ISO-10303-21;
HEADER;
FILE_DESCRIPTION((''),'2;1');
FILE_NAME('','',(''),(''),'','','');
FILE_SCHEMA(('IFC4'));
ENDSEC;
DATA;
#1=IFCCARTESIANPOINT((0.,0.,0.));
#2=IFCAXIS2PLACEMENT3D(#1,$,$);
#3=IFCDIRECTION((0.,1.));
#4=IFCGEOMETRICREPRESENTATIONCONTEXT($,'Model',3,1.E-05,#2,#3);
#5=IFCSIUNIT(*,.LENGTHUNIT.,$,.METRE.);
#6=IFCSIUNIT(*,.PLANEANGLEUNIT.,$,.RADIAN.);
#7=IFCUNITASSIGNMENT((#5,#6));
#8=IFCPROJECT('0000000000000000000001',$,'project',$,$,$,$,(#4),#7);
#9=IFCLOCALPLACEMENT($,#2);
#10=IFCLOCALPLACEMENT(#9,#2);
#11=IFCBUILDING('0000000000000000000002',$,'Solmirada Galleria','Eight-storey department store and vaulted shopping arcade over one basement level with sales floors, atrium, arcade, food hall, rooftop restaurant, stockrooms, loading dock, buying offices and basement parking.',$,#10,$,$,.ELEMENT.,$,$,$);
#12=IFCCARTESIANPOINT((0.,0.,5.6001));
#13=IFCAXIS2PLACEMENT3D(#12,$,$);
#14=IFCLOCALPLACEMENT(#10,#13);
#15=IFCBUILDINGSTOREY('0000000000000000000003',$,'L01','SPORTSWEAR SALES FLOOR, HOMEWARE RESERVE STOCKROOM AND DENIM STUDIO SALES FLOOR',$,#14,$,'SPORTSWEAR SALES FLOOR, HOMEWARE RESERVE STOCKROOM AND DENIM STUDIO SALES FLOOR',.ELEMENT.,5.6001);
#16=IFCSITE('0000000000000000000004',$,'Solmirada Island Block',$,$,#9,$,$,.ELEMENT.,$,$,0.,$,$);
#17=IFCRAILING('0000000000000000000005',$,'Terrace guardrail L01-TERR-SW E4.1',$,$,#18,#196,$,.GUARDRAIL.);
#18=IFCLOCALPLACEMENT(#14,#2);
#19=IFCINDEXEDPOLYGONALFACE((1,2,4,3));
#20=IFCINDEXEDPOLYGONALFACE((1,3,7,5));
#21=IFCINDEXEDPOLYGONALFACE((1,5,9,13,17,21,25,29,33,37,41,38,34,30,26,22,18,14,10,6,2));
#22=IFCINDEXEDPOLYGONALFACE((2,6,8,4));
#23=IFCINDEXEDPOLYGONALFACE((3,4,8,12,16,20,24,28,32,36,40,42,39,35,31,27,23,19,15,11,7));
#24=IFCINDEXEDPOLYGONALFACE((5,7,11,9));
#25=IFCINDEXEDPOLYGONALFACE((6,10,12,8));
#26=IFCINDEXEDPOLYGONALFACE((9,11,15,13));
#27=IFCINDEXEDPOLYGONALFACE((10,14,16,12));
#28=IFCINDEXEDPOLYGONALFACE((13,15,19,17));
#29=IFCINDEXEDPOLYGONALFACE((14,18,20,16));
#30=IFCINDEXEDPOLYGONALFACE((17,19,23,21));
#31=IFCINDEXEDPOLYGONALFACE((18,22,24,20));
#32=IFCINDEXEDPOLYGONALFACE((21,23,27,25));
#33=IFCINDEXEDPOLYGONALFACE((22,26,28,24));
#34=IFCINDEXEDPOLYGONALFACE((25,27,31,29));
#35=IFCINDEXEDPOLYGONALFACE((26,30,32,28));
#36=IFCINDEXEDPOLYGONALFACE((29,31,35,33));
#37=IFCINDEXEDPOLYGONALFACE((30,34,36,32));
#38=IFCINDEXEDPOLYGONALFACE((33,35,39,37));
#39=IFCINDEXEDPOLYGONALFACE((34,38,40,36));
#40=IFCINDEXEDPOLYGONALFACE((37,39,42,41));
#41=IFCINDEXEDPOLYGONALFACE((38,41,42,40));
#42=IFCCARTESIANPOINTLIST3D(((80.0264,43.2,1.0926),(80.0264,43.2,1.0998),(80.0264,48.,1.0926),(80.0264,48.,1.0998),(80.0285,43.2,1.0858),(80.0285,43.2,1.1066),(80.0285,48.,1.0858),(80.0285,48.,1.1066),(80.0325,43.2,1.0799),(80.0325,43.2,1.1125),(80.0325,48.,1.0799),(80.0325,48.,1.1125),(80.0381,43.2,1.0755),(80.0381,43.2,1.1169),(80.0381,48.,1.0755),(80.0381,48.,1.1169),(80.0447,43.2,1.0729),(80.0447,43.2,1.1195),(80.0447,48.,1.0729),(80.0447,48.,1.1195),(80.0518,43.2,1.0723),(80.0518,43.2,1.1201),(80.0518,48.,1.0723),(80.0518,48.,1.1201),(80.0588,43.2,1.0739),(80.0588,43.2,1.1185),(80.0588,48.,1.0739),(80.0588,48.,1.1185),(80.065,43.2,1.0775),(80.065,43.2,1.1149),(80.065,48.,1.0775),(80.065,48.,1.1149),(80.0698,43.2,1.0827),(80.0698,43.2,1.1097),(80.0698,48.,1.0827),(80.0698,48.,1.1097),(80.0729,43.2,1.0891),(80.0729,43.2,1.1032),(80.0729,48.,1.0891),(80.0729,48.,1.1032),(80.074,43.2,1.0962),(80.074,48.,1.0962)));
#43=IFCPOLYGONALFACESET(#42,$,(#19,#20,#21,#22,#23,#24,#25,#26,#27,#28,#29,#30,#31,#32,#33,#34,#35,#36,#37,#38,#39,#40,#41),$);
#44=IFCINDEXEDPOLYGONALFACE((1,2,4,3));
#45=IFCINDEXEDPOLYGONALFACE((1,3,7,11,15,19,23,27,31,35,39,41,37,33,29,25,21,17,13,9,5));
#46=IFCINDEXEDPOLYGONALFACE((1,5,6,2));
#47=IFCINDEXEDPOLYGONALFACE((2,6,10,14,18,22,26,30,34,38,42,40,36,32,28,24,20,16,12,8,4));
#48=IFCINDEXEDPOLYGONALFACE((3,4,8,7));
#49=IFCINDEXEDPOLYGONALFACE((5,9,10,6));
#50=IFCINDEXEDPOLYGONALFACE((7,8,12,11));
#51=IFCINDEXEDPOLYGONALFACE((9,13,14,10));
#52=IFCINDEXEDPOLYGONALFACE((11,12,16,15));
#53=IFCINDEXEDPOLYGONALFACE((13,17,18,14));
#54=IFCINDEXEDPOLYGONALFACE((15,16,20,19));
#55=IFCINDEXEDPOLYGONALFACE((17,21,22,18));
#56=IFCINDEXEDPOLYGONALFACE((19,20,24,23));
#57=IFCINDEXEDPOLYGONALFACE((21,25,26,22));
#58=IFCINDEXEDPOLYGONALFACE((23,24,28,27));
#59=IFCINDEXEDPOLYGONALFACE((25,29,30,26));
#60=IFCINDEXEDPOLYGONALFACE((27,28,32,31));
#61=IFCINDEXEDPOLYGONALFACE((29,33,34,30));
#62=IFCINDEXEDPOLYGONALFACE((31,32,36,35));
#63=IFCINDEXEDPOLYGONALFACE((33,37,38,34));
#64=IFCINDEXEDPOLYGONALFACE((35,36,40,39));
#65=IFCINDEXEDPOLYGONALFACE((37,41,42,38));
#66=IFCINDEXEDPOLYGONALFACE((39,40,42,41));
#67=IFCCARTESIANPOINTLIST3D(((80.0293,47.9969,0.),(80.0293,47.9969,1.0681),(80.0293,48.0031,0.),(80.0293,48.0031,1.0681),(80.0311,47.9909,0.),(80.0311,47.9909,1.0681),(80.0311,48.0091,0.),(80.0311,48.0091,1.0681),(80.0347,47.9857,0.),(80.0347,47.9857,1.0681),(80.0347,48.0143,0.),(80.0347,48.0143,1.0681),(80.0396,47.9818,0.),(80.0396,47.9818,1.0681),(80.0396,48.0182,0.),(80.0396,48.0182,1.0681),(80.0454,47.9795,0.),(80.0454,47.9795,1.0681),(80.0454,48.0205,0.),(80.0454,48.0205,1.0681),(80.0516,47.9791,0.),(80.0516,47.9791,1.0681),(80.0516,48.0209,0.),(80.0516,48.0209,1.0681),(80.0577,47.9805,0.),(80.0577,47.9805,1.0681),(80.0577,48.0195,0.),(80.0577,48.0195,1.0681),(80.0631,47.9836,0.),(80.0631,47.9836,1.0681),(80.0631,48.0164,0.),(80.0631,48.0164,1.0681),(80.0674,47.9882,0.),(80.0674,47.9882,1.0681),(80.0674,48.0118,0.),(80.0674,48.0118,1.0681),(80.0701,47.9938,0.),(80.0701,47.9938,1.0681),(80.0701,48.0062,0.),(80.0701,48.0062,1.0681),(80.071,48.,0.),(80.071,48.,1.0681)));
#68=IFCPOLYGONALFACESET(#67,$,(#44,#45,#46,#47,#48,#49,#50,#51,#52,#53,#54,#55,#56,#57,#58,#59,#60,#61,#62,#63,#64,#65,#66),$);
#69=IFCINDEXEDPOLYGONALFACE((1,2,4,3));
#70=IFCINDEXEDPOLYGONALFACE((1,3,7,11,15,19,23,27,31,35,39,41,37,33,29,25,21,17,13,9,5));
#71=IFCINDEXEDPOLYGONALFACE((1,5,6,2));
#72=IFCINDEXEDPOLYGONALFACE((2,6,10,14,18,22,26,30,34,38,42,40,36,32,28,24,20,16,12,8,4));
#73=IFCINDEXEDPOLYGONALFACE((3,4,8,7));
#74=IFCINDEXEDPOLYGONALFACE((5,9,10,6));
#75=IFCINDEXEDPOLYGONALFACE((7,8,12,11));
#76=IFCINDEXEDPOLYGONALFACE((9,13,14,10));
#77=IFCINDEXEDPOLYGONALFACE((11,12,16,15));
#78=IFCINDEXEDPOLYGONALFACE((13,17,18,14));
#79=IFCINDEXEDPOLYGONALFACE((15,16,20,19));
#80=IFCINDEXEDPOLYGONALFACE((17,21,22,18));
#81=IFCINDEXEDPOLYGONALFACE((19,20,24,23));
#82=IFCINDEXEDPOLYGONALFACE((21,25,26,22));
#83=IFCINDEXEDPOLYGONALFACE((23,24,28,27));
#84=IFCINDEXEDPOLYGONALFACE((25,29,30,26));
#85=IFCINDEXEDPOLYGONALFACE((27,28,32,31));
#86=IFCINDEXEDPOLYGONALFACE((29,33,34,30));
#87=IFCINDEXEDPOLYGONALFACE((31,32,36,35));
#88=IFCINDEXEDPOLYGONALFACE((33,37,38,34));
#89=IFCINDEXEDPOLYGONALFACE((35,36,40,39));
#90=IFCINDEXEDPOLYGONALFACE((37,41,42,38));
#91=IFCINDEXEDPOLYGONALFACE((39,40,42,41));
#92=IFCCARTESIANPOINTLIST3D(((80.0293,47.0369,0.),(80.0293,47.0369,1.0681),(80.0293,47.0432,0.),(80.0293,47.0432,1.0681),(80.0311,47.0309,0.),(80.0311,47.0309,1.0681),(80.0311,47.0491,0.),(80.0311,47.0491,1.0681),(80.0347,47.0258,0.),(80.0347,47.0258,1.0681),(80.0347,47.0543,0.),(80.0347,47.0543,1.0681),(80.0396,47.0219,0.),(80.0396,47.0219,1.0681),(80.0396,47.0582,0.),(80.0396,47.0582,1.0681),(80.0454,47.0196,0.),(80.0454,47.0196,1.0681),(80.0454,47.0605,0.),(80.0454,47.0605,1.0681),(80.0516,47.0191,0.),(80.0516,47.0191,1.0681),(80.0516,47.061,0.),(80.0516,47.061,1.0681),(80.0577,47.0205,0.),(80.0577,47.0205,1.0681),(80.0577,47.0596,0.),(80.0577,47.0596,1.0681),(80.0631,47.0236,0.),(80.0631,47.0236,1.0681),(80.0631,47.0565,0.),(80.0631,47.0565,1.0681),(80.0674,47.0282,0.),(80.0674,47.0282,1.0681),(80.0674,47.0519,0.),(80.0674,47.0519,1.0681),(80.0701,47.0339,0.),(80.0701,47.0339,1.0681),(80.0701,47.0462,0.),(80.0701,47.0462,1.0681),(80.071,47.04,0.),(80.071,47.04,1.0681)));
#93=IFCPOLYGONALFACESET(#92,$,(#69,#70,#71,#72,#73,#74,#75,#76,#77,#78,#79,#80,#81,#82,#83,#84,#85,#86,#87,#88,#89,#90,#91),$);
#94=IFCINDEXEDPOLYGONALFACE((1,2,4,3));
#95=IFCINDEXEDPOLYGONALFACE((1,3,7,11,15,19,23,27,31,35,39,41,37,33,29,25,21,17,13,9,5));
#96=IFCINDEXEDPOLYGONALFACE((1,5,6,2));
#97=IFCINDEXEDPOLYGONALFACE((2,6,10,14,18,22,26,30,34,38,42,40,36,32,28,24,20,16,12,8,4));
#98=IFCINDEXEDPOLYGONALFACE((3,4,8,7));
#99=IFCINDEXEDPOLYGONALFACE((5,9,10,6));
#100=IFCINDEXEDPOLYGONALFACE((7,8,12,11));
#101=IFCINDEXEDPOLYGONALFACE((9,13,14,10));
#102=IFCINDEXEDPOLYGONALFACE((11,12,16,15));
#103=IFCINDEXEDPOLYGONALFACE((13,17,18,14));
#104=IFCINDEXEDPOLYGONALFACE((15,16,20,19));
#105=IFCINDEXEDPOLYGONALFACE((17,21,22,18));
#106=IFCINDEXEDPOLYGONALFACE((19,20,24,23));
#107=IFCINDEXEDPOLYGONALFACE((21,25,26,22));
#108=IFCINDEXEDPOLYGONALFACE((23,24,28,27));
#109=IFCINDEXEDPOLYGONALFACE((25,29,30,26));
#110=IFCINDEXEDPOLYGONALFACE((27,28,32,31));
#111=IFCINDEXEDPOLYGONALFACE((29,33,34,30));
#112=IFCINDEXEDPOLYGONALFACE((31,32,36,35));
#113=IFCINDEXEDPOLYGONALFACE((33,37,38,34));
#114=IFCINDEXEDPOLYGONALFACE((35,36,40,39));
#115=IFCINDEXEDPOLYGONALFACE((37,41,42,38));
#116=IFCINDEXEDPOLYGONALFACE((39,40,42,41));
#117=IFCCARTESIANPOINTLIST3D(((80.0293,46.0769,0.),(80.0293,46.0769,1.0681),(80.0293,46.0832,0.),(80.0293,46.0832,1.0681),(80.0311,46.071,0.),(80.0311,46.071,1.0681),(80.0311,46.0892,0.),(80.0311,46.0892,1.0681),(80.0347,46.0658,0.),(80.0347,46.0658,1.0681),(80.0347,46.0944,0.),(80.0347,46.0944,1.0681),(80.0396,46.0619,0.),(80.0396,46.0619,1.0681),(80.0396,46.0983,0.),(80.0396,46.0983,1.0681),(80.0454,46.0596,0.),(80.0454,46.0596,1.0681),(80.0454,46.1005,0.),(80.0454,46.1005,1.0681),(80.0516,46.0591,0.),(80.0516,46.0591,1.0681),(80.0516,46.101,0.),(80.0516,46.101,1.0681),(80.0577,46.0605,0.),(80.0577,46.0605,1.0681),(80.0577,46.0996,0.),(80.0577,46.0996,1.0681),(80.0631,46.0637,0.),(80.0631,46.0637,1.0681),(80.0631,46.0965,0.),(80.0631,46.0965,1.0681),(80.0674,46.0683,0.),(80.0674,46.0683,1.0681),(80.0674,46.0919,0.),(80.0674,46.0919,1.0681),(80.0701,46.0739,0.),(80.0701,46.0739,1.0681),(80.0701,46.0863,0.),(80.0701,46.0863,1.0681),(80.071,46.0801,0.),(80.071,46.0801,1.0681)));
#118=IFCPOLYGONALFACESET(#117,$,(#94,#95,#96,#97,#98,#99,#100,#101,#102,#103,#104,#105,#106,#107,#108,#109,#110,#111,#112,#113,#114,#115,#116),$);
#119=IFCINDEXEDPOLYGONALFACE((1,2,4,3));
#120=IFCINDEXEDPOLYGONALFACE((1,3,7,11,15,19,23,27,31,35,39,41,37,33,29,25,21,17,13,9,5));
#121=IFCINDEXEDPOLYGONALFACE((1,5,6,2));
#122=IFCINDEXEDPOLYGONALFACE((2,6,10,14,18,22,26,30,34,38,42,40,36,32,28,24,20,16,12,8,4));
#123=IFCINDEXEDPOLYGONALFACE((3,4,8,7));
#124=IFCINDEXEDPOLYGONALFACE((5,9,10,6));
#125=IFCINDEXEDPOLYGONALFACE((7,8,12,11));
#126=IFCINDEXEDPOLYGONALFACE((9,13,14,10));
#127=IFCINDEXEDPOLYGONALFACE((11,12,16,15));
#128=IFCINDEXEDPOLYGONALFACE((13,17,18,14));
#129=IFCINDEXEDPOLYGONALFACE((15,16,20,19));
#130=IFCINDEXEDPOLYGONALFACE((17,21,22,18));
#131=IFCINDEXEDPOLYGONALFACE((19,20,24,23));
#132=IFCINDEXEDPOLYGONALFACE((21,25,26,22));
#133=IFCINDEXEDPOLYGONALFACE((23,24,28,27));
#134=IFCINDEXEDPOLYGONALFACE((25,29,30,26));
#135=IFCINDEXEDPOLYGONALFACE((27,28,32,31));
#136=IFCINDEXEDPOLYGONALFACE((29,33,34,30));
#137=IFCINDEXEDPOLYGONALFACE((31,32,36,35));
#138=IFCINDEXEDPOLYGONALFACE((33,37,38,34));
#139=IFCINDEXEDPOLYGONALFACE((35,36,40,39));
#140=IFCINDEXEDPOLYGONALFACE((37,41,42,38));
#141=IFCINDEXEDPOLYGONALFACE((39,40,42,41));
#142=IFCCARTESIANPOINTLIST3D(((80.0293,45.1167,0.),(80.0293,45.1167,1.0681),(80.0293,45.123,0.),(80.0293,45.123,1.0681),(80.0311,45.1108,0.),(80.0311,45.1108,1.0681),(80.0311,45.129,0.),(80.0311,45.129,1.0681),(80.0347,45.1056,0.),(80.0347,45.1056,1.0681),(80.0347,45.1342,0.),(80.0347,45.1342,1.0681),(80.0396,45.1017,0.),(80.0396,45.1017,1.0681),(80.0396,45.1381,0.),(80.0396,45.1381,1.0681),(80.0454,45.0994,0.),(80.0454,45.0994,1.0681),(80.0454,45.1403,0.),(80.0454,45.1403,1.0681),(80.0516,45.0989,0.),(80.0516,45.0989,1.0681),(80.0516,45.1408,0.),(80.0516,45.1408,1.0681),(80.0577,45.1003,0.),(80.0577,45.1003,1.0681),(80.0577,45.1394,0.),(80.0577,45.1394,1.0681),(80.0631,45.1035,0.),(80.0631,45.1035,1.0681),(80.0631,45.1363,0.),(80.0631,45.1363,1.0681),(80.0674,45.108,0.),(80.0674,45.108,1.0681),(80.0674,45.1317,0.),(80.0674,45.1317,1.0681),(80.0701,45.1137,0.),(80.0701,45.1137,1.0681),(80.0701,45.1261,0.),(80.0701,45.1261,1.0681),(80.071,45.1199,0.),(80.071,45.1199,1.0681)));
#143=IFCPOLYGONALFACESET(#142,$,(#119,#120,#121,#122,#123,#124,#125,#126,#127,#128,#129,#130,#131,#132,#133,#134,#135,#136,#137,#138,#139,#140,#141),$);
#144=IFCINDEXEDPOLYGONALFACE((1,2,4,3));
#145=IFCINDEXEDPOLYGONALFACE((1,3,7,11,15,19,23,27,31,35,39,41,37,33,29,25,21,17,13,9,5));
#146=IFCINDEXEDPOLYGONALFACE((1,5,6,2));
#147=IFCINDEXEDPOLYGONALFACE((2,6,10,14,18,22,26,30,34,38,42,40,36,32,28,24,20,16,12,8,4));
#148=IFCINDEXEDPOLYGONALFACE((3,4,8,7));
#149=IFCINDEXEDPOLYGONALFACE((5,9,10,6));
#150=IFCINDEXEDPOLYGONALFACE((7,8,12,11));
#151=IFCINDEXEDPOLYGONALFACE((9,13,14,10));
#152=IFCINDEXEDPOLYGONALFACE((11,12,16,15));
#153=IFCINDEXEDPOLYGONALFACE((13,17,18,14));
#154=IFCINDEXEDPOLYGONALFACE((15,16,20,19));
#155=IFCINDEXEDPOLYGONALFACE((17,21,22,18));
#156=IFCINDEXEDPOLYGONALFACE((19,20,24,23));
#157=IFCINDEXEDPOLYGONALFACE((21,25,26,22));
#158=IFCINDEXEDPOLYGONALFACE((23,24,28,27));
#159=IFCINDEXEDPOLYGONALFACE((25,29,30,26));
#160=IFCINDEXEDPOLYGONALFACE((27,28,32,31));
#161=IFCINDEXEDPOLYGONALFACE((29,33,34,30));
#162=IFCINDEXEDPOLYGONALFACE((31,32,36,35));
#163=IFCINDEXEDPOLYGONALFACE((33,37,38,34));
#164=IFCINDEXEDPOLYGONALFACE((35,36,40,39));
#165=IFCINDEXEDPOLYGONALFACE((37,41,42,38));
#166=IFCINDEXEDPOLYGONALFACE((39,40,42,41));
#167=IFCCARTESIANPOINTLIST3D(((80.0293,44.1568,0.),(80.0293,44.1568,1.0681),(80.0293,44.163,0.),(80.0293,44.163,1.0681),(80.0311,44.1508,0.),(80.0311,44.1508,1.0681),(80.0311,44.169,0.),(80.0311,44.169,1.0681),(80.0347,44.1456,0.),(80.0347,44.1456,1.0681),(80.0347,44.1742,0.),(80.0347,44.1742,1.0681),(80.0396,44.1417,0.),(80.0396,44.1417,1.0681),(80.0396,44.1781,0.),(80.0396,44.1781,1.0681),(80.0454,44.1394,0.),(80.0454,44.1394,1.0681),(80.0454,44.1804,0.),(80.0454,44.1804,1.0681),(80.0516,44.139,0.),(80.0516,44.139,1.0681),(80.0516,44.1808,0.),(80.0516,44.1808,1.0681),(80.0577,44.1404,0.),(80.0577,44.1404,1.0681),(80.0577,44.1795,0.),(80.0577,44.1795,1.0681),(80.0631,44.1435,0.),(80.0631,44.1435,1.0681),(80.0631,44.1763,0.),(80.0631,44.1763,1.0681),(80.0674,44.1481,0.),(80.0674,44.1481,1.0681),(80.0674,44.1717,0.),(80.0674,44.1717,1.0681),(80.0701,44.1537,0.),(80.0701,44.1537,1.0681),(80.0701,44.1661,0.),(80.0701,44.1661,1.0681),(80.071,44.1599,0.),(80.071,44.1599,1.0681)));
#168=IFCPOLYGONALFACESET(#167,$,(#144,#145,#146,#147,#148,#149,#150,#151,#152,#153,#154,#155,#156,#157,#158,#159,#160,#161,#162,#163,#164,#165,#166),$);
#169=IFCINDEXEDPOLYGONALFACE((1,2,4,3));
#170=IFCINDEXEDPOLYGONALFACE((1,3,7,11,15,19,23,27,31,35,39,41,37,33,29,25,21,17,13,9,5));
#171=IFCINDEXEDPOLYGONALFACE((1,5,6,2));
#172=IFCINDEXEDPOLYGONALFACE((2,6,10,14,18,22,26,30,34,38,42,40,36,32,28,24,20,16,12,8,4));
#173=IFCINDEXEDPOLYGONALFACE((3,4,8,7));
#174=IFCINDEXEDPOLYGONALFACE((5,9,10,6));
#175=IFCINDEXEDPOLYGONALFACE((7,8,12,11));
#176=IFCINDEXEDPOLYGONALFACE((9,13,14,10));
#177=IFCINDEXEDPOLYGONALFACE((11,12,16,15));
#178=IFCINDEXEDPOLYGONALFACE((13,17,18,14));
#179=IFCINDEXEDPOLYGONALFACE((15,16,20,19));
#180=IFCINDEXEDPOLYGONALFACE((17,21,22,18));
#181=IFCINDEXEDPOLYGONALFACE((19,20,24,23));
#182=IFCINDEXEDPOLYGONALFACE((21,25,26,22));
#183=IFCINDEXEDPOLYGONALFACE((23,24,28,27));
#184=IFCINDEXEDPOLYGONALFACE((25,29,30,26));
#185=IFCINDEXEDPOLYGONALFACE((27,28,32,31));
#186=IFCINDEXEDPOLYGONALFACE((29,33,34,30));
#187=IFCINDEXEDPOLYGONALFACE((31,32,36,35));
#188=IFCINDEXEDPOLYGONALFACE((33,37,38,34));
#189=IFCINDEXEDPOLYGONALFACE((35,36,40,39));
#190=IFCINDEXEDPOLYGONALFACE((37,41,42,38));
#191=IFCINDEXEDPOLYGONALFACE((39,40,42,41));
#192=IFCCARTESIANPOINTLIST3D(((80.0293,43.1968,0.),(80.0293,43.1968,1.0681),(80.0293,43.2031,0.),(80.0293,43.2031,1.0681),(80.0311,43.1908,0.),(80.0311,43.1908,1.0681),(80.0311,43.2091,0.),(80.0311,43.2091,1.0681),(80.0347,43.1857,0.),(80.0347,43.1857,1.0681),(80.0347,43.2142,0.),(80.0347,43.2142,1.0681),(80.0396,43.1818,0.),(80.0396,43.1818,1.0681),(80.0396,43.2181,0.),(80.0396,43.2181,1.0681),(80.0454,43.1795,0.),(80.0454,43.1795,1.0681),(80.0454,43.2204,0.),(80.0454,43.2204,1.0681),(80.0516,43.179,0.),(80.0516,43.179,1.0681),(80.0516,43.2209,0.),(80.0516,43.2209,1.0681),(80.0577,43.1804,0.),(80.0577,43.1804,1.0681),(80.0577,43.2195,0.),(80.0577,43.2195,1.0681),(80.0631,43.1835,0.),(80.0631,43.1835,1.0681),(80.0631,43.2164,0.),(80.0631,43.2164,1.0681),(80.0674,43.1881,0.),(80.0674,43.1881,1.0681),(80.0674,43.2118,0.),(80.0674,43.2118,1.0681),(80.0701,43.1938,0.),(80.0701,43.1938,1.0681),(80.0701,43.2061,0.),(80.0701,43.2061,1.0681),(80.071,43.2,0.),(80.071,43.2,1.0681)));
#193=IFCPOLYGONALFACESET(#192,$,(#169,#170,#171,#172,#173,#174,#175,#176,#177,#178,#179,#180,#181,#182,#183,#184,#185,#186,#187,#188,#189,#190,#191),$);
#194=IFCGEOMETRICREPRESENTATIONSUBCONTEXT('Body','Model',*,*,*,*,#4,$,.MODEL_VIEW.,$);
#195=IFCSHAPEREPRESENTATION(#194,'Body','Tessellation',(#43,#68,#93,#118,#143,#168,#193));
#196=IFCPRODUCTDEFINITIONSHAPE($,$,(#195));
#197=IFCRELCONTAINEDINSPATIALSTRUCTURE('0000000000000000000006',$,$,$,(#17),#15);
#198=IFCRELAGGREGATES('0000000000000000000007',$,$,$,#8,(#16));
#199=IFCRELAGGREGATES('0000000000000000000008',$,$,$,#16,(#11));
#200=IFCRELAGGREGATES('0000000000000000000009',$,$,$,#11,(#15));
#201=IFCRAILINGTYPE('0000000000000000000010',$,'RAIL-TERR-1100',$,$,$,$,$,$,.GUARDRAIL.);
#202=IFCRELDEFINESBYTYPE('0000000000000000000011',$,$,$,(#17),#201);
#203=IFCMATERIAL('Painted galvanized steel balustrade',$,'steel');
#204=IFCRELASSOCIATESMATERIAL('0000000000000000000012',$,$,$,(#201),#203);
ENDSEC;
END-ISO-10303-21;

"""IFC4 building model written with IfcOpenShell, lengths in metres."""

from ifc_helpers import new_model, si_unit, direction, frame, origin, origin_2d, place, context, subcontext, project, spatial, circle, extrude, material, type_object, element, save


model = new_model("IFC4")

# Units and contexts
model_context = context("Model", 3, precision=1e-05, world=origin(), true_north=direction((0.0, 1.0)))
body_context = subcontext(model_context, "Body", "Model", "MODEL_VIEW")
ifc_project = project(units=[si_unit("LENGTHUNIT", "METRE"), si_unit("PLANEANGLEUNIT", "RADIAN")], contexts=[model_context])

# Site, building, storey
site_placement = place(None, origin())
site = spatial("IfcSite", under=ifc_project, at=site_placement, Name="Solmirada Island Block", CompositionType="ELEMENT", RefElevation=0.0)
building_placement = place(site_placement, origin())
building = spatial("IfcBuilding", under=site, at=building_placement, Name="Solmirada Galleria", Description="Eight-storey department store and vaulted shopping arcade over one basement level with sales floors, atrium, arcade, food hall, rooftop restaurant, stockrooms, loading dock, buying offices and basement parking.", CompositionType="ELEMENT")
storey_placement = place(building_placement, frame((0.0, 0.0, 5.6001)))
storey = spatial("IfcBuildingStorey", under=building, at=storey_placement, Name="L01", Description="SPORTSWEAR SALES FLOOR, HOMEWARE RESERVE STOCKROOM AND DENIM STUDIO SALES FLOOR", LongName="SPORTSWEAR SALES FLOOR, HOMEWARE RESERVE STOCKROOM AND DENIM STUDIO SALES FLOOR", CompositionType="ELEMENT", Elevation=5.6001)

# Railing
ifc_material_1 = material(Name="Painted galvanized steel balustrade", Category="steel")
railing_type = type_object("IfcRailingType", Name="RAIL-TERR-1100", PredefinedType="GUARDRAIL", material=ifc_material_1)
railing_placement = place(storey_placement, frame((80.05, 48.0, 0.0)))
element("IfcRailing", 1, at=railing_placement, inside=storey, type_object=railing_type, Name="Terrace guardrail L01-TERR-SW E4.1", PredefinedType="GUARDRAIL", context=body_context, shape_type="SweptSolid", body=[
    extrude(circle(Radius=0.0239, at=origin_2d()), frame((0.0, 0.0, 1.0962), z_axis=(0.0, -1.0, 0.0), x_axis=(1.0, 0.0, 0.0)), (0.0, 0.0, 1.0), 4.8),
    extrude(circle(Radius=0.021, at=origin_2d()), origin(), (0.0, 0.0, 1.0), 1.0681),
    extrude(circle(Radius=0.021, at=origin_2d()), frame((0.0, -0.96, 0.0)), (0.0, 0.0, 1.0), 1.0681),
    extrude(circle(Radius=0.021, at=origin_2d()), frame((0.0, -1.9199, 0.0)), (0.0, 0.0, 1.0), 1.0681),
    extrude(circle(Radius=0.021, at=origin_2d()), frame((0.0, -2.8801, 0.0)), (0.0, 0.0, 1.0), 1.0681),
    extrude(circle(Radius=0.021, at=origin_2d()), frame((0.0, -3.8401, 0.0)), (0.0, 0.0, 1.0), 1.0681),
    extrude(circle(Radius=0.021, at=origin_2d()), frame((0.0, -4.8, 0.0)), (0.0, 0.0, 1.0), 1.0681),
])

save(model, "model.ifc")
